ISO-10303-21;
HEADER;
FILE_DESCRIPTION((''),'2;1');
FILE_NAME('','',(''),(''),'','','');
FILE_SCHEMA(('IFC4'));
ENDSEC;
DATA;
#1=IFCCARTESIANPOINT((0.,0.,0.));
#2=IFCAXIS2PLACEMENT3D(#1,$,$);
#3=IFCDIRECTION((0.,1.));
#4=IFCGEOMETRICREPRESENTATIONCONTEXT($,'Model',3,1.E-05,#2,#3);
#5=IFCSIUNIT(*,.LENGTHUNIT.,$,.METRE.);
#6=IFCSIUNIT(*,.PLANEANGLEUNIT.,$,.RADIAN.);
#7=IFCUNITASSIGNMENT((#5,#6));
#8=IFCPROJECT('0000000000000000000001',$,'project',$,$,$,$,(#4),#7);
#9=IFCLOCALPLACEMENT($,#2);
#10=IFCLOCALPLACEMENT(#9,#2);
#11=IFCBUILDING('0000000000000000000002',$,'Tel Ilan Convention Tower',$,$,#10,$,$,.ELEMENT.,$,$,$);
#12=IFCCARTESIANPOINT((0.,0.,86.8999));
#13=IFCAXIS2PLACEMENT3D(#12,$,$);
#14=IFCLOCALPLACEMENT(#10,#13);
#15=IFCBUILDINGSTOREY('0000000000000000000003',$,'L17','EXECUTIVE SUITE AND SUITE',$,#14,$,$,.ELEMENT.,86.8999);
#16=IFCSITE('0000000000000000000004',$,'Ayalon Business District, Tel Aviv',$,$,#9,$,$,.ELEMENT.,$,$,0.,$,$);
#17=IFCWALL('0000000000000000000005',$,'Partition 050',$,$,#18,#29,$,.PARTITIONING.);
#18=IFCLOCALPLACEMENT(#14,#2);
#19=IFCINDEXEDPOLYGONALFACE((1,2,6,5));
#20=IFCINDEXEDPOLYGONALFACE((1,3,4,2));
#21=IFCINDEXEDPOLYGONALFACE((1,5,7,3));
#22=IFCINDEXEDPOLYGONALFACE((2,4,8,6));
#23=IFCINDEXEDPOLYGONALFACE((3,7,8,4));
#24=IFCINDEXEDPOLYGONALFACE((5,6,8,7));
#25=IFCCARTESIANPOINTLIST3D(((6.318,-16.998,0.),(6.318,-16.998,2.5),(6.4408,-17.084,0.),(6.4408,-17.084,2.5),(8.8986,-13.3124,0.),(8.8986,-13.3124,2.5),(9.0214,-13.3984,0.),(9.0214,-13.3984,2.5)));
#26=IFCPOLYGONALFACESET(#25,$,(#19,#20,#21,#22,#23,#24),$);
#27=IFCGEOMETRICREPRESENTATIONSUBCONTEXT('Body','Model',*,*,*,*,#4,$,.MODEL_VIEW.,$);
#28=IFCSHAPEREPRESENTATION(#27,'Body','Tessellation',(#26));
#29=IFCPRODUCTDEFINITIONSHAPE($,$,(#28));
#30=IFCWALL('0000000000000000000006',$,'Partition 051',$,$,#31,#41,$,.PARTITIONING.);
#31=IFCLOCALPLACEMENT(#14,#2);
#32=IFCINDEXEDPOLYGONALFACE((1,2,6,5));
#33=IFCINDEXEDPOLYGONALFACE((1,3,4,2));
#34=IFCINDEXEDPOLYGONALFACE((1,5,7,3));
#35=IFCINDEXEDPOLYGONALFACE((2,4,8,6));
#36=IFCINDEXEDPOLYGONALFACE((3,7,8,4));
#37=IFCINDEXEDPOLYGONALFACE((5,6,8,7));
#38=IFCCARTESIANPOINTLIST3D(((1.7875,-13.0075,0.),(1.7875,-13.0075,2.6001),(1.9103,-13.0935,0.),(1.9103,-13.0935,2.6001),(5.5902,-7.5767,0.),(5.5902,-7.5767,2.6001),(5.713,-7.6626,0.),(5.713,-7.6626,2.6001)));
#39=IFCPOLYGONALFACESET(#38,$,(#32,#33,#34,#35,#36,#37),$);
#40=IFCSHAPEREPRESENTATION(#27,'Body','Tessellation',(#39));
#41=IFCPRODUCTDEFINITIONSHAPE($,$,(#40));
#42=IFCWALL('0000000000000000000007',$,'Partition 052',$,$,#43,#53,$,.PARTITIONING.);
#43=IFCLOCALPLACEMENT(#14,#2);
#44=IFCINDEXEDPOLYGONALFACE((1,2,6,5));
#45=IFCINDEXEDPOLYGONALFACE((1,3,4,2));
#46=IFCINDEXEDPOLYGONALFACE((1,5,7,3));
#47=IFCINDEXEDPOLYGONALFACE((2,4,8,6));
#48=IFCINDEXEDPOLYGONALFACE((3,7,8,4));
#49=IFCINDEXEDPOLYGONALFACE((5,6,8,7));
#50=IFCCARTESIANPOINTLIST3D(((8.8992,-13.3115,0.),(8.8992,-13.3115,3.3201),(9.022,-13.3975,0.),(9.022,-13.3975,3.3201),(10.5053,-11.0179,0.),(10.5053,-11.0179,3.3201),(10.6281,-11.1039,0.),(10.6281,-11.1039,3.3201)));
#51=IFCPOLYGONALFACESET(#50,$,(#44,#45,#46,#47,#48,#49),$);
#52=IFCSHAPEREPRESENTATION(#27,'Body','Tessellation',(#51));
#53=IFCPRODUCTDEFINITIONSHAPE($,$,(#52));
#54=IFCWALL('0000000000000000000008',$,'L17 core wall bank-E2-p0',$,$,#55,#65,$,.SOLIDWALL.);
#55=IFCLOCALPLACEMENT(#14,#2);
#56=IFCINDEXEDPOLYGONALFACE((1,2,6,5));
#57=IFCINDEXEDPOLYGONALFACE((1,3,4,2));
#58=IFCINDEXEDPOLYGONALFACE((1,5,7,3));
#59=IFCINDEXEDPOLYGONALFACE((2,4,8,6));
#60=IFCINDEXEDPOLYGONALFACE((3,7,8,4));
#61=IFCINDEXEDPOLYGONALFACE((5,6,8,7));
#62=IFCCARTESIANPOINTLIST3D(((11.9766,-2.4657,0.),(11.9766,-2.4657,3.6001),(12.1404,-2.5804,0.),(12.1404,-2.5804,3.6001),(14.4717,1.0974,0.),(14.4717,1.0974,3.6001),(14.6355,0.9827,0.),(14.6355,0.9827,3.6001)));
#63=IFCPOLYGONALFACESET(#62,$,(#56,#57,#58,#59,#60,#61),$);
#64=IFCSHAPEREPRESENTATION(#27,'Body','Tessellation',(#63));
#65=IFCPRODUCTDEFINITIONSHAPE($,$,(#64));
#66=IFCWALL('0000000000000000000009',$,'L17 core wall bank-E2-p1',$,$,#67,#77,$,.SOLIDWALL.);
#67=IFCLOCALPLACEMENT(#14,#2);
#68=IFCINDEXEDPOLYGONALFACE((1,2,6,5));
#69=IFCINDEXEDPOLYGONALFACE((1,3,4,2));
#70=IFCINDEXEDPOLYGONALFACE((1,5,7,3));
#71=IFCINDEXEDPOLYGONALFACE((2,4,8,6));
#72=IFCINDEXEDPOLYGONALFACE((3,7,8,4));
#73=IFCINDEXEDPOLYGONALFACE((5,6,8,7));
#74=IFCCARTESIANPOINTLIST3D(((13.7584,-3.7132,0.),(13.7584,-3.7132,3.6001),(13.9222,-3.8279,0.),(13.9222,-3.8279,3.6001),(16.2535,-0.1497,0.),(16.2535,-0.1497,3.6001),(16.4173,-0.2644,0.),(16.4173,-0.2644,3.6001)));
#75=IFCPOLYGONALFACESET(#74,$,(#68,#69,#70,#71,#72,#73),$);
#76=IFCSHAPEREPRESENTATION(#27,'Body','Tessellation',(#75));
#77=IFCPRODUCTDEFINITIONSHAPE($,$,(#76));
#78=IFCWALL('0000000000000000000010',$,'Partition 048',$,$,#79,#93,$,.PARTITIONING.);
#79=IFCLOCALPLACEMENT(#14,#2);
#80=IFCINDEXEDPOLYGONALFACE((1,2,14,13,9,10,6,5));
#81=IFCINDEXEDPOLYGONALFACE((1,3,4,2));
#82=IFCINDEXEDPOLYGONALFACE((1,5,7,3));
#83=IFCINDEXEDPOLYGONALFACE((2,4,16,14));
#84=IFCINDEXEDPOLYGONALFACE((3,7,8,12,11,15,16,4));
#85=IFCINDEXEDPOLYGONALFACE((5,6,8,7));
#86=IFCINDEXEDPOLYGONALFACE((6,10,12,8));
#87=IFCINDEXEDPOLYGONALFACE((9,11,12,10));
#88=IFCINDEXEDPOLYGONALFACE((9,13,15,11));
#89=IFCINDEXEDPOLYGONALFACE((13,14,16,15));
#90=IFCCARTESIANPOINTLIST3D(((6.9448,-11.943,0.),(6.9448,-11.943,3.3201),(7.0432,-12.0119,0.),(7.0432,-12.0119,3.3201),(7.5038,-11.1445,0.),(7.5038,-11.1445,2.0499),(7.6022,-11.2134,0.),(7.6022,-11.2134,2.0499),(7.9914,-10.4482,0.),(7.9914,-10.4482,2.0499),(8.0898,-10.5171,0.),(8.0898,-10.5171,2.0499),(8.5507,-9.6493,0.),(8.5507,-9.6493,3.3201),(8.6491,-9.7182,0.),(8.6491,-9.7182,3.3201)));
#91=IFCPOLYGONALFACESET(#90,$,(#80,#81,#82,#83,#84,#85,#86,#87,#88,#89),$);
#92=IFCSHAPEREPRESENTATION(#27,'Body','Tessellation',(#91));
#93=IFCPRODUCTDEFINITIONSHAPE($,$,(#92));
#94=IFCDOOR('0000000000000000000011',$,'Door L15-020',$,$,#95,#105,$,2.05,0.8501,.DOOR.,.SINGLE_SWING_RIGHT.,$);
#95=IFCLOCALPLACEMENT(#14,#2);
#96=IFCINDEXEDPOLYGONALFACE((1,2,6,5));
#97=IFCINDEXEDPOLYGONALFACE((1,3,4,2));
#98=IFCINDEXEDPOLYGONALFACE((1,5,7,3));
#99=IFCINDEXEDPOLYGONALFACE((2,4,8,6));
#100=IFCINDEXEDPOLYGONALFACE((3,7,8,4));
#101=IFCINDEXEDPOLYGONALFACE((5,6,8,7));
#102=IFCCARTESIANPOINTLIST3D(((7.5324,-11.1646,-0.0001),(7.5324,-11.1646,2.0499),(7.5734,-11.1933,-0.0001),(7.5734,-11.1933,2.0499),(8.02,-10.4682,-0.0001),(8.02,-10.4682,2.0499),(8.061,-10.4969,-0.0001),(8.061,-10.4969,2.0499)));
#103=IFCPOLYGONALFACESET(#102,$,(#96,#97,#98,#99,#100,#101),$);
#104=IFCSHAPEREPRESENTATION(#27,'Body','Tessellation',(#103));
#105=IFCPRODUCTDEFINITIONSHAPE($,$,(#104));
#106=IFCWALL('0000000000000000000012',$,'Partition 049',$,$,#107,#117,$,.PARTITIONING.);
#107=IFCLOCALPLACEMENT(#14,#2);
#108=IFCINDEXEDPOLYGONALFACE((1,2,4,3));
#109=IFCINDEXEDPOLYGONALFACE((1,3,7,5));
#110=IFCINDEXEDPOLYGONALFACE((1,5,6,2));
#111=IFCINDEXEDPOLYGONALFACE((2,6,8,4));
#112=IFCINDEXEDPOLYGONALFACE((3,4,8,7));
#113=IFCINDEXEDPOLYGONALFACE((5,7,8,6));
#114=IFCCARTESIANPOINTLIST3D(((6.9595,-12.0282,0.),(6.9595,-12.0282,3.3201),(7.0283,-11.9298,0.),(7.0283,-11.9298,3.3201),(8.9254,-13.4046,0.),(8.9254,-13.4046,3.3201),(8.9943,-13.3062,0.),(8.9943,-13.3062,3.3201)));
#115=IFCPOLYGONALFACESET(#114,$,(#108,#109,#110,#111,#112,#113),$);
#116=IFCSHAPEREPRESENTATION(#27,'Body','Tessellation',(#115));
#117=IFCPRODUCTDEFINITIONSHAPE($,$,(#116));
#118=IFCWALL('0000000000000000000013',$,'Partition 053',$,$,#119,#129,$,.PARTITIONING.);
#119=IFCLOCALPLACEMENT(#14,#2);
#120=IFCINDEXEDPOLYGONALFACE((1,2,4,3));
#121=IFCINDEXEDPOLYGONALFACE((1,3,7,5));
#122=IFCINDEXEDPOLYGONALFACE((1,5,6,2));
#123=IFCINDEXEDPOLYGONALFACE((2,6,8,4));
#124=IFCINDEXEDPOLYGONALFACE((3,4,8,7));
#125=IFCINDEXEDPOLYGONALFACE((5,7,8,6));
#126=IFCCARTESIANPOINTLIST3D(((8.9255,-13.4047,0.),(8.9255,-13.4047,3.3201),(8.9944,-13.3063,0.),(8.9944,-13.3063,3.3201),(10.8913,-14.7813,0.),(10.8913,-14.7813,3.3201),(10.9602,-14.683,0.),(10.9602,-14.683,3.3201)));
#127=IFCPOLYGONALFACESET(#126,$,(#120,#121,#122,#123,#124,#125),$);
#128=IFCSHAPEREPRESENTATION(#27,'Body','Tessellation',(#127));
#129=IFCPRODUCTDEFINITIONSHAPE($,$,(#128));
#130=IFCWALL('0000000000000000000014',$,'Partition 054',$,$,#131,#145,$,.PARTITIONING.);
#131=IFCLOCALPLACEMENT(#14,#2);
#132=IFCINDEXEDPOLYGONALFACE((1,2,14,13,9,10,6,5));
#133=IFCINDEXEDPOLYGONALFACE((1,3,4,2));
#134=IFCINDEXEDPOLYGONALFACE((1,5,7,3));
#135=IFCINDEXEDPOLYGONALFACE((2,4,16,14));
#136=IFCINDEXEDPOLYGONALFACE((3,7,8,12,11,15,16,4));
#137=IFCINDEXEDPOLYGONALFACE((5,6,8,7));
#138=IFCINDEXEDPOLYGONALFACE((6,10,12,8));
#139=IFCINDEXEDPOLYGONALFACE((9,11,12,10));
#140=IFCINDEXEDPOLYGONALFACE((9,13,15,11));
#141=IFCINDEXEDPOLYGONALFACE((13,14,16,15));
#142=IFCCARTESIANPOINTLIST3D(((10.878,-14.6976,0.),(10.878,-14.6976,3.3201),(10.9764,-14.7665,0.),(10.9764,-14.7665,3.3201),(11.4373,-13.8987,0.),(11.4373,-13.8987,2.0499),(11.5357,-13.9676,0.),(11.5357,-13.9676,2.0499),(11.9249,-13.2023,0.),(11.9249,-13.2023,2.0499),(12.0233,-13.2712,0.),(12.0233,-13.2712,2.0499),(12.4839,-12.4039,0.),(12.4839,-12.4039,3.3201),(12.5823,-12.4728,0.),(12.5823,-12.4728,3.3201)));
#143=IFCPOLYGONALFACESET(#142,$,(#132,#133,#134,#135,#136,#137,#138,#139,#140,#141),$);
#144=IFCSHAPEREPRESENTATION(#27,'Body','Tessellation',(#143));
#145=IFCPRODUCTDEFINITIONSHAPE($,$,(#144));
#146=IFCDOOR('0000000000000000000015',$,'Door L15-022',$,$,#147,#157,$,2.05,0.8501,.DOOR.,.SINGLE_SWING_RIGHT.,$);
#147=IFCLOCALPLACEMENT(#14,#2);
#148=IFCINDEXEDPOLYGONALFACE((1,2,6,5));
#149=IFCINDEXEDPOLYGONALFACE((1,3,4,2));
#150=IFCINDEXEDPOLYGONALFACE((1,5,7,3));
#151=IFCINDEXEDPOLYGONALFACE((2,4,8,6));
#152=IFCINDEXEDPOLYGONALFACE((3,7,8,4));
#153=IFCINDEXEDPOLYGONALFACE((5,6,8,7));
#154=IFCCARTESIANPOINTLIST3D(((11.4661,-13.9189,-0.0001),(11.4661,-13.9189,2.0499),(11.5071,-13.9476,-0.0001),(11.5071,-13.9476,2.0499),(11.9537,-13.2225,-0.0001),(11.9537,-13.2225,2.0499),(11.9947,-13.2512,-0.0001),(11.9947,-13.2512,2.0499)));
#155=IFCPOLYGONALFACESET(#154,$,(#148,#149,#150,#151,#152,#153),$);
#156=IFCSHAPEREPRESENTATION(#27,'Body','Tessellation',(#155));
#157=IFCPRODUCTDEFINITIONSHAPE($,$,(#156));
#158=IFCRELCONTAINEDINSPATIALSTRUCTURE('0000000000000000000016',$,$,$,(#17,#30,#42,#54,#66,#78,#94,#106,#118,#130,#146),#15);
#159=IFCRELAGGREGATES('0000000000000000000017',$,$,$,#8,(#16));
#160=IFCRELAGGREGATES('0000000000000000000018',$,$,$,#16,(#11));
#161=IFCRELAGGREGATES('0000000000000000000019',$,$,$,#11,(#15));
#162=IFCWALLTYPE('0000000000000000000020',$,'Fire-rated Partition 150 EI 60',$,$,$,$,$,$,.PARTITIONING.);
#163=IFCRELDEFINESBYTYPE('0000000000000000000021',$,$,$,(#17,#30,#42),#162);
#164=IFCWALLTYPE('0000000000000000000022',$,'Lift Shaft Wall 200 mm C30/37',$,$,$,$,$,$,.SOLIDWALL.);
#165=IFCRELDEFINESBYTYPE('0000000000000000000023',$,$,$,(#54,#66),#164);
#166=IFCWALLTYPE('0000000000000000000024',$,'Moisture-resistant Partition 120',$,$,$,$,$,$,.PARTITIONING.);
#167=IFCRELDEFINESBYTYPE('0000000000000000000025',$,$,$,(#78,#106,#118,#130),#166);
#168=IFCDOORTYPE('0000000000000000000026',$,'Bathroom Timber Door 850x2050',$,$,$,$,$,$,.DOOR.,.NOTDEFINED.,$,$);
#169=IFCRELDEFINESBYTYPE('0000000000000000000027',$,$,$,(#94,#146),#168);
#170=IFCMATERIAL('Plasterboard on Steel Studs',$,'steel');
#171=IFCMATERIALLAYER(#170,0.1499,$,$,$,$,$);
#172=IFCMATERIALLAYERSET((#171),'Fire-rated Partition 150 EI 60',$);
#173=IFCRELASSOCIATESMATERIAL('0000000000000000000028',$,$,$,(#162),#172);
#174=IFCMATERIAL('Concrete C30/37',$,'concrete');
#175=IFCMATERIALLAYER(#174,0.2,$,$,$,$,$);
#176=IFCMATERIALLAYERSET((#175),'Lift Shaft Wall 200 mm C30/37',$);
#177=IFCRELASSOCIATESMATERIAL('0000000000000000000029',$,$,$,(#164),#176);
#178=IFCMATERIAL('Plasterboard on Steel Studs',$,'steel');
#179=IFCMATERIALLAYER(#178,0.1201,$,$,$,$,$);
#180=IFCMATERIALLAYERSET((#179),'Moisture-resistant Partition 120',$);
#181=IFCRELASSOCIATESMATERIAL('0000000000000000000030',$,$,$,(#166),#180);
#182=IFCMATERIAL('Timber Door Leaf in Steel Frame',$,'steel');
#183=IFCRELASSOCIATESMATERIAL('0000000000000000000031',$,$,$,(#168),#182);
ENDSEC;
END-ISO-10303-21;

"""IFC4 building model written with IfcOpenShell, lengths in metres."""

from ifc_helpers import new_model, si_unit, direction, frame, frame_2d, origin, place, context, subcontext, project, spatial, rectangle, extrude, material, layer, layer_set, type_object, element, fill, save


model = new_model("IFC4")

# Units and contexts
model_context = context("Model", 3, precision=1e-05, world=origin(), true_north=direction((0.0, 1.0)))
body_context = subcontext(model_context, "Body", "Model", "MODEL_VIEW")
ifc_project = project(units=[si_unit("LENGTHUNIT", "METRE"), si_unit("PLANEANGLEUNIT", "RADIAN")], contexts=[model_context])

# Site, building, storey
site_placement = place(None, origin())
site = spatial("IfcSite", under=ifc_project, at=site_placement, Name="Ayalon Business District, Tel Aviv", CompositionType="ELEMENT", RefElevation=0.0)
building_placement = place(site_placement, origin())
building = spatial("IfcBuilding", under=site, at=building_placement, Name="Tel Ilan Convention Tower", CompositionType="ELEMENT")
storey_placement = place(building_placement, frame((0.0, 0.0, 86.8999)))
storey = spatial("IfcBuildingStorey", under=building, at=storey_placement, Name="L17", Description="EXECUTIVE SUITE AND SUITE", CompositionType="ELEMENT", Elevation=86.8999)

# Shared definitions
ifc_material_1 = material(Name="Plasterboard on Steel Studs", Category="steel")
ifc_layer_1 = layer(ifc_material_1, 0.1499)
ifc_layer_set_1 = layer_set([ifc_layer_1], Name="Fire-rated Partition 150 EI 60")
wall_type_1 = type_object("IfcWallType", Name="Fire-rated Partition 150 EI 60", PredefinedType="PARTITIONING", material=ifc_layer_set_1)

# Walls
wall_1_placement = place(storey_placement, frame((8.96, -13.3555, 0.0), z_axis=(0.0, 0.0, 1.0), x_axis=(-0.573564, -0.819161, 0.0)))
element("IfcWall", 1, at=wall_1_placement, inside=storey, type_object=wall_type_1, Name="Partition 050", PredefinedType="PARTITIONING", context=body_context, shape_type="SweptSolid", body=[
    extrude(rectangle(XDim=4.4993, YDim=0.1499, at=frame_2d((2.2495, 0.0))), origin(), (0.0, 0.0, 1.0), 2.5),
])
wall_2_placement = place(storey_placement, frame((1.8489, -13.0505, 0.0), z_axis=(0.0, 0.0, 1.0), x_axis=(0.573574, 0.819154, 0.0)))
element("IfcWall", 2, at=wall_2_placement, inside=storey, type_object=wall_type_1, Name="Partition 051", PredefinedType="PARTITIONING", context=body_context, shape_type="SweptSolid", body=[
    extrude(rectangle(XDim=6.6299, YDim=0.1499, at=frame_2d((3.3149, 0.0))), origin(), (0.0, 0.0, 1.0), 2.6001),
])
wall_3_placement = place(storey_placement, frame((10.5667, -11.061, 0.0), z_axis=(0.0, 0.0, 1.0), x_axis=(-0.573609, -0.81913, 0.0)))
element("IfcWall", 3, at=wall_3_placement, inside=storey, type_object=wall_type_1, Name="Partition 052", PredefinedType="PARTITIONING", context=body_context, shape_type="SweptSolid", body=[
    extrude(rectangle(XDim=2.8, YDim=0.1499, at=frame_2d((1.3999, 0.0))), origin(), (0.0, 0.0, 1.0), 3.3201),
])
ifc_material_2 = material(Name="Concrete C30/37", Category="concrete")
ifc_layer_2 = layer(ifc_material_2, 0.2)
ifc_layer_set_2 = layer_set([ifc_layer_2], Name="Lift Shaft Wall 200 mm C30/37")
wall_type_2 = type_object("IfcWallType", Name="Lift Shaft Wall 200 mm C30/37", PredefinedType="SOLIDWALL", material=ifc_layer_set_2)
wall_4_placement = place(storey_placement, frame((12.0586, -2.5229, 0.0), z_axis=(0.0, 0.0, 1.0), x_axis=(0.573594, 0.81914, 0.0)))
element("IfcWall", 4, at=wall_4_placement, inside=storey, type_object=wall_type_2, Name="L17 core wall bank-E2-p0", PredefinedType="SOLIDWALL", context=body_context, shape_type="SweptSolid", body=[
    extrude(rectangle(XDim=4.3499, YDim=0.2, at=frame_2d((2.1748, 0.0))), origin(), (0.0, 0.0, 1.0), 3.6001),
])
wall_5_placement = place(storey_placement, frame((13.8403, -3.7705, 0.0), z_axis=(0.0, 0.0, 1.0), x_axis=(0.573568, 0.819158, 0.0)))
element("IfcWall", 5, at=wall_5_placement, inside=storey, type_object=wall_type_2, Name="L17 core wall bank-E2-p1", PredefinedType="SOLIDWALL", context=body_context, shape_type="SweptSolid", body=[
    extrude(rectangle(XDim=4.3501, YDim=0.2, at=frame_2d((2.175, 0.0))), origin(), (0.0, 0.0, 1.0), 3.6001),
])

# Wall, opening, door
ifc_material_3 = material(Name="Plasterboard on Steel Studs", Category="steel")
ifc_layer_3 = layer(ifc_material_3, 0.1201)
ifc_layer_set_3 = layer_set([ifc_layer_3], Name="Moisture-resistant Partition 120")
wall_type_3 = type_object("IfcWallType", Name="Moisture-resistant Partition 120", PredefinedType="PARTITIONING", material=ifc_layer_set_3)
wall_6_placement = place(storey_placement, frame((8.5999, -9.6838, 0.0), z_axis=(0.0, 0.0, 1.0), x_axis=(-0.57355, -0.81917, 0.0)))
wall_6 = element("IfcWall", 6, at=wall_6_placement, inside=storey, type_object=wall_type_3, Name="Partition 048", PredefinedType="PARTITIONING", context=body_context, shape_type="SweptSolid", body=[
    extrude(rectangle(XDim=2.8, YDim=0.1201, at=frame_2d((1.3999, 0.0))), origin(), (0.0, 0.0, 1.0), 3.3201),
])
opening_1_placement = place(wall_6_placement, frame((0.9751, 0.0, 0.0)))
opening_1 = element("IfcOpeningElement", 7, at=opening_1_placement, cuts=wall_6, PredefinedType="OPENING", context=body_context, shape_type="SweptSolid", body=[
    extrude(rectangle(XDim=0.8501, YDim=2.05, at=frame_2d((0.425, 1.0249))), frame((0.0, 0.0701, 0.0), z_axis=(0.0, -1.0, 0.0), x_axis=(1.0, 0.0, 0.0)), (0.0, 0.0, 1.0), 0.1401),
])
ifc_material_4 = material(Name="Timber Door Leaf in Steel Frame", Category="steel")
door_type_1 = type_object("IfcDoorType", Name="Bathroom Timber Door 850x2050", OperationType="NOTDEFINED", PredefinedType="DOOR", material=ifc_material_4)
door_1_placement = place(opening_1_placement, origin())
door_1 = element("IfcDoor", 8, at=door_1_placement, inside=storey, type_object=door_type_1, Name="Door L15-020", OperationType="SINGLE_SWING_RIGHT", OverallHeight=2.05, OverallWidth=0.8501, PredefinedType="DOOR", context=body_context, shape_type="SweptSolid", body=[
    extrude(rectangle(XDim=0.8501, YDim=2.05, at=frame_2d((0.425, 1.0249))), frame((0.0, 0.0249, 0.0), z_axis=(0.0, -1.0, 0.0), x_axis=(1.0, 0.0, 0.0)), (0.0, 0.0, 1.0), 0.05),
])
fill(opening_1, door_1)

# Walls
for number, where, z_axis, x_axis, name in (
    (9, (6.9939, -11.979, 0.0), (0.0, 0.0, 1.0), (0.819189, -0.573524, 0.0), "Partition 049"),
    (10, (8.96, -13.3555, 0.0), (0.0, 0.0, 1.0), (0.819108, -0.57364, 0.0), "Partition 053"),
):
    element("IfcWall", number, at=place(storey_placement, frame(where, z_axis=z_axis, x_axis=x_axis)), inside=storey, type_object=wall_type_3, Name=name, PredefinedType="PARTITIONING", context=body_context, shape_type="SweptSolid", body=[
        extrude(rectangle(XDim=2.3999, YDim=0.1201, at=frame_2d((1.2, 0.0))), origin(), (0.0, 0.0, 1.0), 3.3201),
    ])

# Wall, opening, door
wall_7_placement = place(storey_placement, frame((10.9272, -14.7319, 0.0), z_axis=(0.0, 0.0, 1.0), x_axis=(0.57355, 0.81917, 0.0)))
wall_7 = element("IfcWall", 11, at=wall_7_placement, inside=storey, type_object=wall_type_3, Name="Partition 054", PredefinedType="PARTITIONING", context=body_context, shape_type="SweptSolid", body=[
    extrude(rectangle(XDim=2.8, YDim=0.1201, at=frame_2d((1.3999, 0.0))), origin(), (0.0, 0.0, 1.0), 3.3201),
])
opening_2_placement = place(wall_7_placement, frame((0.9751, 0.0, 0.0)))
opening_2 = element("IfcOpeningElement", 12, at=opening_2_placement, cuts=wall_7, PredefinedType="OPENING", context=body_context, shape_type="SweptSolid", body=[
    extrude(rectangle(XDim=0.8501, YDim=2.05, at=frame_2d((0.425, 1.0249))), frame((0.0, 0.0701, 0.0), z_axis=(0.0, -1.0, 0.0), x_axis=(1.0, 0.0, 0.0)), (0.0, 0.0, 1.0), 0.1401),
])
door_2_placement = place(opening_2_placement, origin())
door_2 = element("IfcDoor", 13, at=door_2_placement, inside=storey, type_object=door_type_1, Name="Door L15-022", OperationType="SINGLE_SWING_RIGHT", OverallHeight=2.05, OverallWidth=0.8501, PredefinedType="DOOR", context=body_context, shape_type="SweptSolid", body=[
    extrude(rectangle(XDim=0.8501, YDim=2.05, at=frame_2d((0.425, 1.0249))), frame((0.0, 0.0249, 0.0), z_axis=(0.0, -1.0, 0.0), x_axis=(1.0, 0.0, 0.0)), (0.0, 0.0, 1.0), 0.05),
])
fill(opening_2, door_2)

save(model, "model.ifc")
